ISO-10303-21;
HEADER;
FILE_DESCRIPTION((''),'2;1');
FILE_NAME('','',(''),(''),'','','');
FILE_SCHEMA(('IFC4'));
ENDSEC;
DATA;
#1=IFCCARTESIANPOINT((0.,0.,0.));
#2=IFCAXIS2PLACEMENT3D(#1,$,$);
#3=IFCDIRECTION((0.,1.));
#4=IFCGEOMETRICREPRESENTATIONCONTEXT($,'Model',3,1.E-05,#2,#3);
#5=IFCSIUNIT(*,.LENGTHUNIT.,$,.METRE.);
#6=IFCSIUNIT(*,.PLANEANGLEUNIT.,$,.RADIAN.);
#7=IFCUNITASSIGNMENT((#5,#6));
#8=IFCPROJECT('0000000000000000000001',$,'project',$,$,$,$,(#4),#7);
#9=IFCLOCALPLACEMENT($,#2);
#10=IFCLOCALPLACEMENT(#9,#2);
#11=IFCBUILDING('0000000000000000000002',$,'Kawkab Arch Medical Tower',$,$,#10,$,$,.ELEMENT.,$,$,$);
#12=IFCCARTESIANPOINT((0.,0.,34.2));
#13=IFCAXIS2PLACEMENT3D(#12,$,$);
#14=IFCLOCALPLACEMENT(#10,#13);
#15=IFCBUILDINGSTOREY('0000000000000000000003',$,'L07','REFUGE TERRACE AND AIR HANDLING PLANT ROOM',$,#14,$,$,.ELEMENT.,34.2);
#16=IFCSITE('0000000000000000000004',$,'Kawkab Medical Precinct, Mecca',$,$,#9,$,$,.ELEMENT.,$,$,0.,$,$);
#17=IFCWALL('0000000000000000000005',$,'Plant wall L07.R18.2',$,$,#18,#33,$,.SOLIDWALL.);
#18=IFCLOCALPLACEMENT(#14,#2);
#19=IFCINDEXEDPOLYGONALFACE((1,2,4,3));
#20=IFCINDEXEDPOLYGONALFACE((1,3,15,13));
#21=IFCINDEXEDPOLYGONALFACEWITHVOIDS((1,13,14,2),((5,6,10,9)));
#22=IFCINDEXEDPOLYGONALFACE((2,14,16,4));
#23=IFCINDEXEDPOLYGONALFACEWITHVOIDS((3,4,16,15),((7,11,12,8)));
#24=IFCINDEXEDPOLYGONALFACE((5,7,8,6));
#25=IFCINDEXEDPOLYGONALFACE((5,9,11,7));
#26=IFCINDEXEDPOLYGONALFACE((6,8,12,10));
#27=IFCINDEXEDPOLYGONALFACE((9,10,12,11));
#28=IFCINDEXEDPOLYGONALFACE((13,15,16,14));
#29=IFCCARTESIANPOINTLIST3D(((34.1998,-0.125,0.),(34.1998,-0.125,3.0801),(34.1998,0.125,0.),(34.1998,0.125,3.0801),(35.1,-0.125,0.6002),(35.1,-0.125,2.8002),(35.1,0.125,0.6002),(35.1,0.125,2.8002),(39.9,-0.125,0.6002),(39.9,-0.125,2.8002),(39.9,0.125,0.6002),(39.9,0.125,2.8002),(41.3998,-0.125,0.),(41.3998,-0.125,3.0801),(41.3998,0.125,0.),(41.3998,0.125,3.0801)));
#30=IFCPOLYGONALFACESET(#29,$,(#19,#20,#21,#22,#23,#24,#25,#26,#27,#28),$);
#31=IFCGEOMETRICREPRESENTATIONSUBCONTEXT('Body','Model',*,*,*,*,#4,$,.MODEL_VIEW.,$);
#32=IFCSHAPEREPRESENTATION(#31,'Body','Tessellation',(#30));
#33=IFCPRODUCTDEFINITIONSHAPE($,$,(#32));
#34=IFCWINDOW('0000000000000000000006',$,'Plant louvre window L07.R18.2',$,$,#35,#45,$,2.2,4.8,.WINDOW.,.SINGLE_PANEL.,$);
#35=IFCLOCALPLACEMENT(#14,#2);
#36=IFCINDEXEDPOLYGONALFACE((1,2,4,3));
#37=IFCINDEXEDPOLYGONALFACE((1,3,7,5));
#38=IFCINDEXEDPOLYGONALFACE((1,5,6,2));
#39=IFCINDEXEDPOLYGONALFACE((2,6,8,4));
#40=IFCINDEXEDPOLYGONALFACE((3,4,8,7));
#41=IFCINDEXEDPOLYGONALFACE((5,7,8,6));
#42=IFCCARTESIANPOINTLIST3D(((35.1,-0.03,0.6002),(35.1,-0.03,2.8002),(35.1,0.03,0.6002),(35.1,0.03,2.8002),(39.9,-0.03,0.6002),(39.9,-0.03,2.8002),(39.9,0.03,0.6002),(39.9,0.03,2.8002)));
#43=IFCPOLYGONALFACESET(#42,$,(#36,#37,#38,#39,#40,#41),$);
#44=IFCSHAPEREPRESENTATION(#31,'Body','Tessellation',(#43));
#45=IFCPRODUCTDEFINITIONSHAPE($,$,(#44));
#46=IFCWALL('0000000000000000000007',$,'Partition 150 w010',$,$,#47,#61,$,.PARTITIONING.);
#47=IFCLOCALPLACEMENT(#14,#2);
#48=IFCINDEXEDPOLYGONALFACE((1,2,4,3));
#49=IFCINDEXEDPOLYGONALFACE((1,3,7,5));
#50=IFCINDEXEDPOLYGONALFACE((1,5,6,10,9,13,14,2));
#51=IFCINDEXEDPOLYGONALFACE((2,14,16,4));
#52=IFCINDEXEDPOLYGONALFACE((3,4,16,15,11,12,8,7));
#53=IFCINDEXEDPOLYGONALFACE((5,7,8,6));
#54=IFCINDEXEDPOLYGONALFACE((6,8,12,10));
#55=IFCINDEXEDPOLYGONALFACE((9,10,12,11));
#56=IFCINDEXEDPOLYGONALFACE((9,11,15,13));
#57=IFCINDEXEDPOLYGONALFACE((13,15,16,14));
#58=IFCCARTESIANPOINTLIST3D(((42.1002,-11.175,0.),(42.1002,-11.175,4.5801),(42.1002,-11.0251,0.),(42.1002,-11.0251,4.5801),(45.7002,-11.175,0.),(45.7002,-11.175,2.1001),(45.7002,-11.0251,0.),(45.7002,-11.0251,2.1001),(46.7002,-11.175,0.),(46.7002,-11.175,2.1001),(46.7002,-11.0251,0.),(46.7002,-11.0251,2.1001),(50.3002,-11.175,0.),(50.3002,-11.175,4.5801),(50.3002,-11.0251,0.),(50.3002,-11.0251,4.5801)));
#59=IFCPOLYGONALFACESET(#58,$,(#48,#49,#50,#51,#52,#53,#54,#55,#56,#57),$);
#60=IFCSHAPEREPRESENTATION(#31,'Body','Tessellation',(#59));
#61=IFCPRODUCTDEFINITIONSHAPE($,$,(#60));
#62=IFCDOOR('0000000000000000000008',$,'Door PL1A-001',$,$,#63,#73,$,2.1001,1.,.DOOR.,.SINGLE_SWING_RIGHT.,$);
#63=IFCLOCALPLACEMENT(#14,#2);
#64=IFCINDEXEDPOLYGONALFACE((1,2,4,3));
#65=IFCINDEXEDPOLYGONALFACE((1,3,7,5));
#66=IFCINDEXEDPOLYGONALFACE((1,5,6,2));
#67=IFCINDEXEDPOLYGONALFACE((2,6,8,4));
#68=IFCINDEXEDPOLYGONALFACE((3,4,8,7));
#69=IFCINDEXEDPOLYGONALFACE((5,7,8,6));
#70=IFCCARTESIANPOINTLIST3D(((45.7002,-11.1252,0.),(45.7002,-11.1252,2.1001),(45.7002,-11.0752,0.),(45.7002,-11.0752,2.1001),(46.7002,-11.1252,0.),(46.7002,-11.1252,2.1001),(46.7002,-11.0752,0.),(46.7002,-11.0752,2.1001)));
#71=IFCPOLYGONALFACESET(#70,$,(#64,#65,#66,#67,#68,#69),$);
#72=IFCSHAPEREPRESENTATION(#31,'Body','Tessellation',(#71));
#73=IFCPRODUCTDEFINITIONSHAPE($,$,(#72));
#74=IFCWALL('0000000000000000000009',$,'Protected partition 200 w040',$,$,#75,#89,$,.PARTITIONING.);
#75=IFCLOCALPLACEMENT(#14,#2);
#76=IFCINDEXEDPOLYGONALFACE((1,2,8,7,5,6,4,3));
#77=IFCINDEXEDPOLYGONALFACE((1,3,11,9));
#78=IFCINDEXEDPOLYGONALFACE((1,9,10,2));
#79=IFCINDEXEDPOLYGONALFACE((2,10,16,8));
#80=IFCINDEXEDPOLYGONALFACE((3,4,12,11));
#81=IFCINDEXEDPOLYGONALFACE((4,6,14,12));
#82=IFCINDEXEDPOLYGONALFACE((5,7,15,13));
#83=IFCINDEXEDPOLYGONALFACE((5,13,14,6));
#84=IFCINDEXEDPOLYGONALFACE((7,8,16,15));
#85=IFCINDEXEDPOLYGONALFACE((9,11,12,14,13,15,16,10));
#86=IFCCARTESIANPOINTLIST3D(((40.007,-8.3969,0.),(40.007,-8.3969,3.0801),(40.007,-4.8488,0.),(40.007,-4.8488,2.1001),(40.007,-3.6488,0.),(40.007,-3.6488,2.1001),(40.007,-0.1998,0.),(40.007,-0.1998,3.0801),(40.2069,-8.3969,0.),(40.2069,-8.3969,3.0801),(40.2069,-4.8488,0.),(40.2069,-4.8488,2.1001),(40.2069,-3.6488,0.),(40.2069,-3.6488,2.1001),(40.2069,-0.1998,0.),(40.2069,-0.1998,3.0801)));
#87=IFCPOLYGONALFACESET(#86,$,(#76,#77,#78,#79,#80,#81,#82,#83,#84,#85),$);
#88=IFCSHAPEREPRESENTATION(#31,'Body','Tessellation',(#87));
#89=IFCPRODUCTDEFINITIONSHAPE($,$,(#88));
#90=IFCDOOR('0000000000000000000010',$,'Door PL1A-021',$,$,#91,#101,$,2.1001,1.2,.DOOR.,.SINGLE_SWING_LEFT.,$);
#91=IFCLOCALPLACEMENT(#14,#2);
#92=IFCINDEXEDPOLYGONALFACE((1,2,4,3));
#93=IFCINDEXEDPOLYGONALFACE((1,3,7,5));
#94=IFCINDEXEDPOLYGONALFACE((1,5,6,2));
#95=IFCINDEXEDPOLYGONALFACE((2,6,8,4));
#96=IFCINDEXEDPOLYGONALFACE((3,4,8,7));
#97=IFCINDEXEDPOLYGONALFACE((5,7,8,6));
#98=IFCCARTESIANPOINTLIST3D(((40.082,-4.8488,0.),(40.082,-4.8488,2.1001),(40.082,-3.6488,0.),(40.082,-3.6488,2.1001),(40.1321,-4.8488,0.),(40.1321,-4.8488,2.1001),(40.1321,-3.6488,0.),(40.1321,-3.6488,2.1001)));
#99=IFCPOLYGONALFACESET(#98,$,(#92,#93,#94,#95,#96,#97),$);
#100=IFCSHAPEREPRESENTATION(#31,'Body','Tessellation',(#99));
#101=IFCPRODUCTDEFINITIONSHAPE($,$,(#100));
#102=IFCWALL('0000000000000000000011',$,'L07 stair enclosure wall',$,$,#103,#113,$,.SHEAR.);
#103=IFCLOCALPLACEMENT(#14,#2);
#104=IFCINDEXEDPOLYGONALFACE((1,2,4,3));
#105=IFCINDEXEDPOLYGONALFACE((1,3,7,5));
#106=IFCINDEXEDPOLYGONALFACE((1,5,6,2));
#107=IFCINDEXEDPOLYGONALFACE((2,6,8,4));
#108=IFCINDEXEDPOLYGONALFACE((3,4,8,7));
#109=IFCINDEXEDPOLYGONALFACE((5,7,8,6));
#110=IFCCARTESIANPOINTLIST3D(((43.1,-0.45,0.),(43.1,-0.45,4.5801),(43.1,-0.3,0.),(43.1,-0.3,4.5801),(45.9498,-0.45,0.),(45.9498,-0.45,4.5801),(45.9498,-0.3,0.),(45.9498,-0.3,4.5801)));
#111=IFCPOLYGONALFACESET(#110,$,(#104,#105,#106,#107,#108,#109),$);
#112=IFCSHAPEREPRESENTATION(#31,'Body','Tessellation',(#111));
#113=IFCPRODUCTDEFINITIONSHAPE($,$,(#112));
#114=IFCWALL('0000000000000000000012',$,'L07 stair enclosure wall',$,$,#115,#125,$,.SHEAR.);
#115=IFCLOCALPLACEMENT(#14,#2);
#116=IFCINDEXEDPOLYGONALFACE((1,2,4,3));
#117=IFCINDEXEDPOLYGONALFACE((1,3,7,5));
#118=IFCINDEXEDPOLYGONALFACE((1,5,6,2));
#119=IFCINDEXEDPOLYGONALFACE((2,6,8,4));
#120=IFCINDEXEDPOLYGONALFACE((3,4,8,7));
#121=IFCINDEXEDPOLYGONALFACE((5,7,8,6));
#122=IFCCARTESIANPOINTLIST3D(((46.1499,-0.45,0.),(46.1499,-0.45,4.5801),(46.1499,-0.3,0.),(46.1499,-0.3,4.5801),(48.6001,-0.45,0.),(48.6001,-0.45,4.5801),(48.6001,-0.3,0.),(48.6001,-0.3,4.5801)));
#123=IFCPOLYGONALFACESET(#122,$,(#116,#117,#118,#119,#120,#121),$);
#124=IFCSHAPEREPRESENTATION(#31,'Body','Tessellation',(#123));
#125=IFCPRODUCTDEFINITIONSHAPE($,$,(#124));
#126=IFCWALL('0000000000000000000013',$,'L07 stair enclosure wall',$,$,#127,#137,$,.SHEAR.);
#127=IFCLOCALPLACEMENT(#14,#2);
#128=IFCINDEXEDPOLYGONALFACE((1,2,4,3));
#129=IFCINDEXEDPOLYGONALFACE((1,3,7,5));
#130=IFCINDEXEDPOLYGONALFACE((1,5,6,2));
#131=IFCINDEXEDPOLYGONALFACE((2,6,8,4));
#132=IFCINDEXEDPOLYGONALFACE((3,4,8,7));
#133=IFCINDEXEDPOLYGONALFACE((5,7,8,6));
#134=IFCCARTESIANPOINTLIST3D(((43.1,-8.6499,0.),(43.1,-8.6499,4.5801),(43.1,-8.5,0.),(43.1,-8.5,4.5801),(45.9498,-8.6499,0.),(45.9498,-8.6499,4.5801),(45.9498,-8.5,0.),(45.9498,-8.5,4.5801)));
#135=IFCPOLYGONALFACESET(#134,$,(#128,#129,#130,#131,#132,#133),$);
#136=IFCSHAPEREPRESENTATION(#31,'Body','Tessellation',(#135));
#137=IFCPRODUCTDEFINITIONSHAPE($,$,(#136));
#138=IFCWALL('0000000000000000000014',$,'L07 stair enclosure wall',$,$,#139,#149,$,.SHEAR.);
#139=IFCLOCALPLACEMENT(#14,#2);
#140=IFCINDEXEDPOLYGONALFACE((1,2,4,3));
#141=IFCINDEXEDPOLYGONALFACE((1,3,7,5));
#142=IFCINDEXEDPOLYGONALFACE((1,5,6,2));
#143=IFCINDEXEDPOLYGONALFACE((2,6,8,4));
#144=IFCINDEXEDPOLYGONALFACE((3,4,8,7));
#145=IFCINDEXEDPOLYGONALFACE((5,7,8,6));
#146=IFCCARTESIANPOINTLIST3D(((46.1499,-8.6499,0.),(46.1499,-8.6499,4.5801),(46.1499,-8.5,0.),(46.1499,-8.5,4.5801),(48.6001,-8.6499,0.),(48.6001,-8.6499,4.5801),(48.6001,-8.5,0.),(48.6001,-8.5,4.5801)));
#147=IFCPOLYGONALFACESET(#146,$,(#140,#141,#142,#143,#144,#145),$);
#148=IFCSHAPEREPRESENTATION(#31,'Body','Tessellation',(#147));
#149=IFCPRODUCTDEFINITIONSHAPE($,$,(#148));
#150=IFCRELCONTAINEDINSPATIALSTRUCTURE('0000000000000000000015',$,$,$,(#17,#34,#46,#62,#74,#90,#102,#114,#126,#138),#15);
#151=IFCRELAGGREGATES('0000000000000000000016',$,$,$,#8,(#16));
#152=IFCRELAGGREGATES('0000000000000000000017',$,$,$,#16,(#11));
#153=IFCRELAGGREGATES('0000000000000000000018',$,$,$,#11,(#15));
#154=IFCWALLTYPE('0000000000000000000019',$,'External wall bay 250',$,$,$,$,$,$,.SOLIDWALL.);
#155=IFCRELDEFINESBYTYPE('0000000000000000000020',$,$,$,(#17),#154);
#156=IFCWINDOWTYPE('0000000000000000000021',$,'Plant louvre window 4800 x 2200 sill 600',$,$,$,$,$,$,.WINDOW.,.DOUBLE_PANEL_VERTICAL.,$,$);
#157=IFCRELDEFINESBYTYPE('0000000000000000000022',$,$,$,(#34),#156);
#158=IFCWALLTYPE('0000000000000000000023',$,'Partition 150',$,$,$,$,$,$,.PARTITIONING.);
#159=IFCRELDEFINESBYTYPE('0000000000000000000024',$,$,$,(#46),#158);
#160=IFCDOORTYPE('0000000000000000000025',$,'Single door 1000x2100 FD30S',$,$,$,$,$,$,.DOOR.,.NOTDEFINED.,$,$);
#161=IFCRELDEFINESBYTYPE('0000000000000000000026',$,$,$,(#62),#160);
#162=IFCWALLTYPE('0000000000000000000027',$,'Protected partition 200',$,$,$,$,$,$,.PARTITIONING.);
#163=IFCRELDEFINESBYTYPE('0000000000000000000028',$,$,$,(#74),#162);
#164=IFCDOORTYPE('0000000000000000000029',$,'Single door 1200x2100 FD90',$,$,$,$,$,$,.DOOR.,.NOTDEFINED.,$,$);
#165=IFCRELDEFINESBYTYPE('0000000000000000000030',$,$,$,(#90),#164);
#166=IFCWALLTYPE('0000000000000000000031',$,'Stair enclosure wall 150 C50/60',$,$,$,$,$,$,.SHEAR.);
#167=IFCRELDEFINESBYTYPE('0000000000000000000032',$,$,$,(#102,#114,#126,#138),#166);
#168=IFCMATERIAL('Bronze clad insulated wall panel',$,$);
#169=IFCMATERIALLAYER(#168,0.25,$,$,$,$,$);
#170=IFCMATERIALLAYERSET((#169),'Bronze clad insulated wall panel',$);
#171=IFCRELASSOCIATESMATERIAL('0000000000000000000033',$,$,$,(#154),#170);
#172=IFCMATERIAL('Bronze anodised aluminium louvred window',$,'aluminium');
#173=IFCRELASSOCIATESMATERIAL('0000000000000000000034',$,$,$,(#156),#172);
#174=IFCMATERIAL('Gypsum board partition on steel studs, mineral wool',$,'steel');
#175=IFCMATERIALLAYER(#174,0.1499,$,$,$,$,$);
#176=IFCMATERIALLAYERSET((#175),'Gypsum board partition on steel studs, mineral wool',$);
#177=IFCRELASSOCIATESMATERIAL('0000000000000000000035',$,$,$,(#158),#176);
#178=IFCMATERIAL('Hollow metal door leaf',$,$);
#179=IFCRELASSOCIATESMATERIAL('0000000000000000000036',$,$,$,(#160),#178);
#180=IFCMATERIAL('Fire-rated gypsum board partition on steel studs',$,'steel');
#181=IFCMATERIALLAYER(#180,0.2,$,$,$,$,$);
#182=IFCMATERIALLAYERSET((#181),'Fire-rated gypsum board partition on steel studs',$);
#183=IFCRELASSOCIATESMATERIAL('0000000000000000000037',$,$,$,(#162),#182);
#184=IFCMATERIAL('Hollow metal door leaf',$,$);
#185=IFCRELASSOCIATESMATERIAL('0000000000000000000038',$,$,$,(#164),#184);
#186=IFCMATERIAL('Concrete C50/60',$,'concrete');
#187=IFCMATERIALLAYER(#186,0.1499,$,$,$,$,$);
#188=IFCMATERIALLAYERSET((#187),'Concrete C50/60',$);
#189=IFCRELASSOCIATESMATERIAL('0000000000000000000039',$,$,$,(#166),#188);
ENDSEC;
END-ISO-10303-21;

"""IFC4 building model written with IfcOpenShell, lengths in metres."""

from ifc_helpers import new_model, si_unit, direction, frame, frame_2d, origin, place, context, subcontext, project, spatial, rectangle, extrude, material, layer, layer_set, type_object, element, fill, save


model = new_model("IFC4")

# Units and contexts
model_context = context("Model", 3, precision=1e-05, world=origin(), true_north=direction((0.0, 1.0)))
body_context = subcontext(model_context, "Body", "Model", "MODEL_VIEW")
ifc_project = project(units=[si_unit("LENGTHUNIT", "METRE"), si_unit("PLANEANGLEUNIT", "RADIAN")], contexts=[model_context])

# Site, building, storey
site_placement = place(None, origin())
site = spatial("IfcSite", under=ifc_project, at=site_placement, Name="Kawkab Medical Precinct, Mecca", CompositionType="ELEMENT", RefElevation=0.0)
building_placement = place(site_placement, origin())
building = spatial("IfcBuilding", under=site, at=building_placement, Name="Kawkab Arch Medical Tower", CompositionType="ELEMENT")
storey_placement = place(building_placement, frame((0.0, 0.0, 34.2)))
storey = spatial("IfcBuildingStorey", under=building, at=storey_placement, Name="L07", Description="REFUGE TERRACE AND AIR HANDLING PLANT ROOM", CompositionType="ELEMENT", Elevation=34.2)

# Wall, opening, window
ifc_material_1 = material(Name="Bronze clad insulated wall panel")
ifc_layer_1 = layer(ifc_material_1, 0.25)
ifc_layer_set_1 = layer_set([ifc_layer_1], Name="Bronze clad insulated wall panel")
wall_type_1 = type_object("IfcWallType", Name="External wall bay 250", PredefinedType="SOLIDWALL", material=ifc_layer_set_1)
wall_1_placement = place(storey_placement, frame((41.3999, 0.0, 0.0), z_axis=(0.0, 0.0, 1.0), x_axis=(-1.0, 0.0, 0.0)))
wall_1 = element("IfcWall", 1, at=wall_1_placement, inside=storey, type_object=wall_type_1, Name="Plant wall L07.R18.2", PredefinedType="SOLIDWALL", context=body_context, shape_type="SweptSolid", body=[
    extrude(rectangle(XDim=7.2, YDim=0.25, at=frame_2d((3.6001, 0.0))), origin(), (0.0, 0.0, 1.0), 3.0801),
])
opening_1_placement = place(wall_1_placement, frame((1.5, 0.0, 0.6001)))
opening_1 = element("IfcOpeningElement", 2, at=opening_1_placement, cuts=wall_1, PredefinedType="OPENING", context=body_context, shape_type="SweptSolid", body=[
    extrude(rectangle(XDim=4.8, YDim=2.2, at=frame_2d((2.3999, 1.1001))), frame((0.0, 0.135, 0.0), z_axis=(0.0, -1.0, 0.0), x_axis=(1.0, 0.0, 0.0)), (0.0, 0.0, 1.0), 0.27),
])
ifc_material_2 = material(Name="Bronze anodised aluminium louvred window", Category="aluminium")
window_type = type_object("IfcWindowType", Name="Plant louvre window 4800 x 2200 sill 600", PartitioningType="DOUBLE_PANEL_VERTICAL", PredefinedType="WINDOW", material=ifc_material_2)
window_placement = place(opening_1_placement, origin())
window = element("IfcWindow", 3, at=window_placement, inside=storey, type_object=window_type, Name="Plant louvre window L07.R18.2", OverallHeight=2.2, OverallWidth=4.8, PartitioningType="SINGLE_PANEL", PredefinedType="WINDOW", context=body_context, shape_type="SweptSolid", body=[
    extrude(rectangle(XDim=4.8, YDim=2.2, at=frame_2d((2.3999, 1.1001))), frame((0.0, 0.03, 0.0), z_axis=(0.0, -1.0, 0.0), x_axis=(1.0, 0.0, 0.0)), (0.0, 0.0, 1.0), 0.0601),
])
fill(opening_1, window)

# Walls, openings, doors
ifc_material_3 = material(Name="Gypsum board partition on steel studs, mineral wool", Category="steel")
ifc_layer_2 = layer(ifc_material_3, 0.1499)
ifc_layer_set_2 = layer_set([ifc_layer_2], Name="Gypsum board partition on steel studs, mineral wool")
wall_type_2 = type_object("IfcWallType", Name="Partition 150", PredefinedType="PARTITIONING", material=ifc_layer_set_2)
wall_2_placement = place(storey_placement, frame((42.1001, -11.1001, 0.0), z_axis=(0.0, 0.0, 1.0), x_axis=(1.0, 0.0, 0.0)))
wall_2 = element("IfcWall", 4, at=wall_2_placement, inside=storey, type_object=wall_type_2, Name="Partition 150 w010", PredefinedType="PARTITIONING", context=body_context, shape_type="SweptSolid", body=[
    extrude(rectangle(XDim=8.2, YDim=0.1499, at=frame_2d((4.1001, 0.0))), origin(), (0.0, 0.0, 1.0), 4.5801),
])
opening_2_placement = place(wall_2_placement, frame((3.6001, 0.0, 0.0)))
opening_2 = element("IfcOpeningElement", 5, at=opening_2_placement, cuts=wall_2, PredefinedType="OPENING", context=body_context, shape_type="SweptSolid", body=[
    extrude(rectangle(XDim=1.0, YDim=2.1001, at=frame_2d((0.5, 1.05))), frame((0.0, 0.085, 0.0), z_axis=(0.0, -1.0, 0.0), x_axis=(1.0, 0.0, 0.0)), (0.0, 0.0, 1.0), 0.1699),
])
ifc_material_4 = material(Name="Hollow metal door leaf")
door_type_1 = type_object("IfcDoorType", Name="Single door 1000x2100 FD30S", OperationType="NOTDEFINED", PredefinedType="DOOR", material=ifc_material_4)
door_1_placement = place(opening_2_placement, origin())
door_1 = element("IfcDoor", 6, at=door_1_placement, inside=storey, type_object=door_type_1, Name="Door PL1A-001", OperationType="SINGLE_SWING_RIGHT", OverallHeight=2.1001, OverallWidth=1.0, PredefinedType="DOOR", context=body_context, shape_type="SweptSolid", body=[
    extrude(rectangle(XDim=1.0, YDim=2.1001, at=frame_2d((0.5, 1.05))), frame((0.0, 0.0249, 0.0), z_axis=(0.0, -1.0, 0.0), x_axis=(1.0, 0.0, 0.0)), (0.0, 0.0, 1.0), 0.05),
])
fill(opening_2, door_1)
ifc_material_5 = material(Name="Fire-rated gypsum board partition on steel studs", Category="steel")
ifc_layer_3 = layer(ifc_material_5, 0.2)
ifc_layer_set_3 = layer_set([ifc_layer_3], Name="Fire-rated gypsum board partition on steel studs")
wall_type_3 = type_object("IfcWallType", Name="Protected partition 200", PredefinedType="PARTITIONING", material=ifc_layer_set_3)
wall_3_placement = place(storey_placement, frame((40.1069, -8.397, 0.0), z_axis=(0.0, 0.0, 1.0), x_axis=(0.0, 1.0, 0.0)))
wall_3 = element("IfcWall", 7, at=wall_3_placement, inside=storey, type_object=wall_type_3, Name="Protected partition 200 w040", PredefinedType="PARTITIONING", context=body_context, shape_type="SweptSolid", body=[
    extrude(rectangle(XDim=8.197, YDim=0.2, at=frame_2d((4.0986, 0.0))), origin(), (0.0, 0.0, 1.0), 3.0801),
])
opening_3_placement = place(wall_3_placement, frame((3.5481, 0.0, 0.0)))
opening_3 = element("IfcOpeningElement", 8, at=opening_3_placement, cuts=wall_3, PredefinedType="OPENING", context=body_context, shape_type="SweptSolid", body=[
    extrude(rectangle(XDim=1.2, YDim=2.1001, at=frame_2d((0.6001, 1.05))), frame((0.0, 0.1099, 0.0), z_axis=(0.0, -1.0, 0.0), x_axis=(1.0, 0.0, 0.0)), (0.0, 0.0, 1.0), 0.22),
])
ifc_material_6 = material(Name="Hollow metal door leaf")
door_type_2 = type_object("IfcDoorType", Name="Single door 1200x2100 FD90", OperationType="NOTDEFINED", PredefinedType="DOOR", material=ifc_material_6)
door_2_placement = place(opening_3_placement, origin())
door_2 = element("IfcDoor", 9, at=door_2_placement, inside=storey, type_object=door_type_2, Name="Door PL1A-021", OperationType="SINGLE_SWING_LEFT", OverallHeight=2.1001, OverallWidth=1.2, PredefinedType="DOOR", context=body_context, shape_type="SweptSolid", body=[
    extrude(rectangle(XDim=1.2, YDim=2.1001, at=frame_2d((0.6001, 1.05))), frame((0.0, 0.0249, 0.0), z_axis=(0.0, -1.0, 0.0), x_axis=(1.0, 0.0, 0.0)), (0.0, 0.0, 1.0), 0.05),
])
fill(opening_3, door_2)

# Walls
ifc_material_7 = material(Name="Concrete C50/60", Category="concrete")
ifc_layer_4 = layer(ifc_material_7, 0.1499)
ifc_layer_set_4 = layer_set([ifc_layer_4], Name="Concrete C50/60")
wall_type_4 = type_object("IfcWallType", Name="Stair enclosure wall 150 C50/60", PredefinedType="SHEAR", material=ifc_layer_set_4)
wall_4_placement = place(storey_placement, frame((43.1001, -0.375, 0.0), z_axis=(0.0, 0.0, 1.0), x_axis=(1.0, 0.0, 0.0)))
element("IfcWall", 10, at=wall_4_placement, inside=storey, type_object=wall_type_4, Name="L07 stair enclosure wall", PredefinedType="SHEAR", context=body_context, shape_type="SweptSolid", body=[
    extrude(rectangle(XDim=2.8499, YDim=0.1499, at=frame_2d((1.4248, 0.0))), origin(), (0.0, 0.0, 1.0), 4.5801),
])
wall_5_placement = place(storey_placement, frame((46.1499, -0.375, 0.0), z_axis=(0.0, 0.0, 1.0), x_axis=(1.0, 0.0, 0.0)))
element("IfcWall", 11, at=wall_5_placement, inside=storey, type_object=wall_type_4, Name="L07 stair enclosure wall", PredefinedType="SHEAR", context=body_context, shape_type="SweptSolid", body=[
    extrude(rectangle(XDim=2.4502, YDim=0.1499, at=frame_2d((1.2251, 0.0))), origin(), (0.0, 0.0, 1.0), 4.5801),
])
wall_6_placement = place(storey_placement, frame((43.1001, -8.575, 0.0), z_axis=(0.0, 0.0, 1.0), x_axis=(1.0, 0.0, 0.0)))
element("IfcWall", 12, at=wall_6_placement, inside=storey, type_object=wall_type_4, Name="L07 stair enclosure wall", PredefinedType="SHEAR", context=body_context, shape_type="SweptSolid", body=[
    extrude(rectangle(XDim=2.8499, YDim=0.1499, at=frame_2d((1.4248, 0.0))), origin(), (0.0, 0.0, 1.0), 4.5801),
])
wall_7_placement = place(storey_placement, frame((46.1499, -8.575, 0.0), z_axis=(0.0, 0.0, 1.0), x_axis=(1.0, 0.0, 0.0)))
element("IfcWall", 13, at=wall_7_placement, inside=storey, type_object=wall_type_4, Name="L07 stair enclosure wall", PredefinedType="SHEAR", context=body_context, shape_type="SweptSolid", body=[
    extrude(rectangle(XDim=2.4502, YDim=0.1499, at=frame_2d((1.2251, 0.0))), origin(), (0.0, 0.0, 1.0), 4.5801),
])

save(model, "model.ifc")
